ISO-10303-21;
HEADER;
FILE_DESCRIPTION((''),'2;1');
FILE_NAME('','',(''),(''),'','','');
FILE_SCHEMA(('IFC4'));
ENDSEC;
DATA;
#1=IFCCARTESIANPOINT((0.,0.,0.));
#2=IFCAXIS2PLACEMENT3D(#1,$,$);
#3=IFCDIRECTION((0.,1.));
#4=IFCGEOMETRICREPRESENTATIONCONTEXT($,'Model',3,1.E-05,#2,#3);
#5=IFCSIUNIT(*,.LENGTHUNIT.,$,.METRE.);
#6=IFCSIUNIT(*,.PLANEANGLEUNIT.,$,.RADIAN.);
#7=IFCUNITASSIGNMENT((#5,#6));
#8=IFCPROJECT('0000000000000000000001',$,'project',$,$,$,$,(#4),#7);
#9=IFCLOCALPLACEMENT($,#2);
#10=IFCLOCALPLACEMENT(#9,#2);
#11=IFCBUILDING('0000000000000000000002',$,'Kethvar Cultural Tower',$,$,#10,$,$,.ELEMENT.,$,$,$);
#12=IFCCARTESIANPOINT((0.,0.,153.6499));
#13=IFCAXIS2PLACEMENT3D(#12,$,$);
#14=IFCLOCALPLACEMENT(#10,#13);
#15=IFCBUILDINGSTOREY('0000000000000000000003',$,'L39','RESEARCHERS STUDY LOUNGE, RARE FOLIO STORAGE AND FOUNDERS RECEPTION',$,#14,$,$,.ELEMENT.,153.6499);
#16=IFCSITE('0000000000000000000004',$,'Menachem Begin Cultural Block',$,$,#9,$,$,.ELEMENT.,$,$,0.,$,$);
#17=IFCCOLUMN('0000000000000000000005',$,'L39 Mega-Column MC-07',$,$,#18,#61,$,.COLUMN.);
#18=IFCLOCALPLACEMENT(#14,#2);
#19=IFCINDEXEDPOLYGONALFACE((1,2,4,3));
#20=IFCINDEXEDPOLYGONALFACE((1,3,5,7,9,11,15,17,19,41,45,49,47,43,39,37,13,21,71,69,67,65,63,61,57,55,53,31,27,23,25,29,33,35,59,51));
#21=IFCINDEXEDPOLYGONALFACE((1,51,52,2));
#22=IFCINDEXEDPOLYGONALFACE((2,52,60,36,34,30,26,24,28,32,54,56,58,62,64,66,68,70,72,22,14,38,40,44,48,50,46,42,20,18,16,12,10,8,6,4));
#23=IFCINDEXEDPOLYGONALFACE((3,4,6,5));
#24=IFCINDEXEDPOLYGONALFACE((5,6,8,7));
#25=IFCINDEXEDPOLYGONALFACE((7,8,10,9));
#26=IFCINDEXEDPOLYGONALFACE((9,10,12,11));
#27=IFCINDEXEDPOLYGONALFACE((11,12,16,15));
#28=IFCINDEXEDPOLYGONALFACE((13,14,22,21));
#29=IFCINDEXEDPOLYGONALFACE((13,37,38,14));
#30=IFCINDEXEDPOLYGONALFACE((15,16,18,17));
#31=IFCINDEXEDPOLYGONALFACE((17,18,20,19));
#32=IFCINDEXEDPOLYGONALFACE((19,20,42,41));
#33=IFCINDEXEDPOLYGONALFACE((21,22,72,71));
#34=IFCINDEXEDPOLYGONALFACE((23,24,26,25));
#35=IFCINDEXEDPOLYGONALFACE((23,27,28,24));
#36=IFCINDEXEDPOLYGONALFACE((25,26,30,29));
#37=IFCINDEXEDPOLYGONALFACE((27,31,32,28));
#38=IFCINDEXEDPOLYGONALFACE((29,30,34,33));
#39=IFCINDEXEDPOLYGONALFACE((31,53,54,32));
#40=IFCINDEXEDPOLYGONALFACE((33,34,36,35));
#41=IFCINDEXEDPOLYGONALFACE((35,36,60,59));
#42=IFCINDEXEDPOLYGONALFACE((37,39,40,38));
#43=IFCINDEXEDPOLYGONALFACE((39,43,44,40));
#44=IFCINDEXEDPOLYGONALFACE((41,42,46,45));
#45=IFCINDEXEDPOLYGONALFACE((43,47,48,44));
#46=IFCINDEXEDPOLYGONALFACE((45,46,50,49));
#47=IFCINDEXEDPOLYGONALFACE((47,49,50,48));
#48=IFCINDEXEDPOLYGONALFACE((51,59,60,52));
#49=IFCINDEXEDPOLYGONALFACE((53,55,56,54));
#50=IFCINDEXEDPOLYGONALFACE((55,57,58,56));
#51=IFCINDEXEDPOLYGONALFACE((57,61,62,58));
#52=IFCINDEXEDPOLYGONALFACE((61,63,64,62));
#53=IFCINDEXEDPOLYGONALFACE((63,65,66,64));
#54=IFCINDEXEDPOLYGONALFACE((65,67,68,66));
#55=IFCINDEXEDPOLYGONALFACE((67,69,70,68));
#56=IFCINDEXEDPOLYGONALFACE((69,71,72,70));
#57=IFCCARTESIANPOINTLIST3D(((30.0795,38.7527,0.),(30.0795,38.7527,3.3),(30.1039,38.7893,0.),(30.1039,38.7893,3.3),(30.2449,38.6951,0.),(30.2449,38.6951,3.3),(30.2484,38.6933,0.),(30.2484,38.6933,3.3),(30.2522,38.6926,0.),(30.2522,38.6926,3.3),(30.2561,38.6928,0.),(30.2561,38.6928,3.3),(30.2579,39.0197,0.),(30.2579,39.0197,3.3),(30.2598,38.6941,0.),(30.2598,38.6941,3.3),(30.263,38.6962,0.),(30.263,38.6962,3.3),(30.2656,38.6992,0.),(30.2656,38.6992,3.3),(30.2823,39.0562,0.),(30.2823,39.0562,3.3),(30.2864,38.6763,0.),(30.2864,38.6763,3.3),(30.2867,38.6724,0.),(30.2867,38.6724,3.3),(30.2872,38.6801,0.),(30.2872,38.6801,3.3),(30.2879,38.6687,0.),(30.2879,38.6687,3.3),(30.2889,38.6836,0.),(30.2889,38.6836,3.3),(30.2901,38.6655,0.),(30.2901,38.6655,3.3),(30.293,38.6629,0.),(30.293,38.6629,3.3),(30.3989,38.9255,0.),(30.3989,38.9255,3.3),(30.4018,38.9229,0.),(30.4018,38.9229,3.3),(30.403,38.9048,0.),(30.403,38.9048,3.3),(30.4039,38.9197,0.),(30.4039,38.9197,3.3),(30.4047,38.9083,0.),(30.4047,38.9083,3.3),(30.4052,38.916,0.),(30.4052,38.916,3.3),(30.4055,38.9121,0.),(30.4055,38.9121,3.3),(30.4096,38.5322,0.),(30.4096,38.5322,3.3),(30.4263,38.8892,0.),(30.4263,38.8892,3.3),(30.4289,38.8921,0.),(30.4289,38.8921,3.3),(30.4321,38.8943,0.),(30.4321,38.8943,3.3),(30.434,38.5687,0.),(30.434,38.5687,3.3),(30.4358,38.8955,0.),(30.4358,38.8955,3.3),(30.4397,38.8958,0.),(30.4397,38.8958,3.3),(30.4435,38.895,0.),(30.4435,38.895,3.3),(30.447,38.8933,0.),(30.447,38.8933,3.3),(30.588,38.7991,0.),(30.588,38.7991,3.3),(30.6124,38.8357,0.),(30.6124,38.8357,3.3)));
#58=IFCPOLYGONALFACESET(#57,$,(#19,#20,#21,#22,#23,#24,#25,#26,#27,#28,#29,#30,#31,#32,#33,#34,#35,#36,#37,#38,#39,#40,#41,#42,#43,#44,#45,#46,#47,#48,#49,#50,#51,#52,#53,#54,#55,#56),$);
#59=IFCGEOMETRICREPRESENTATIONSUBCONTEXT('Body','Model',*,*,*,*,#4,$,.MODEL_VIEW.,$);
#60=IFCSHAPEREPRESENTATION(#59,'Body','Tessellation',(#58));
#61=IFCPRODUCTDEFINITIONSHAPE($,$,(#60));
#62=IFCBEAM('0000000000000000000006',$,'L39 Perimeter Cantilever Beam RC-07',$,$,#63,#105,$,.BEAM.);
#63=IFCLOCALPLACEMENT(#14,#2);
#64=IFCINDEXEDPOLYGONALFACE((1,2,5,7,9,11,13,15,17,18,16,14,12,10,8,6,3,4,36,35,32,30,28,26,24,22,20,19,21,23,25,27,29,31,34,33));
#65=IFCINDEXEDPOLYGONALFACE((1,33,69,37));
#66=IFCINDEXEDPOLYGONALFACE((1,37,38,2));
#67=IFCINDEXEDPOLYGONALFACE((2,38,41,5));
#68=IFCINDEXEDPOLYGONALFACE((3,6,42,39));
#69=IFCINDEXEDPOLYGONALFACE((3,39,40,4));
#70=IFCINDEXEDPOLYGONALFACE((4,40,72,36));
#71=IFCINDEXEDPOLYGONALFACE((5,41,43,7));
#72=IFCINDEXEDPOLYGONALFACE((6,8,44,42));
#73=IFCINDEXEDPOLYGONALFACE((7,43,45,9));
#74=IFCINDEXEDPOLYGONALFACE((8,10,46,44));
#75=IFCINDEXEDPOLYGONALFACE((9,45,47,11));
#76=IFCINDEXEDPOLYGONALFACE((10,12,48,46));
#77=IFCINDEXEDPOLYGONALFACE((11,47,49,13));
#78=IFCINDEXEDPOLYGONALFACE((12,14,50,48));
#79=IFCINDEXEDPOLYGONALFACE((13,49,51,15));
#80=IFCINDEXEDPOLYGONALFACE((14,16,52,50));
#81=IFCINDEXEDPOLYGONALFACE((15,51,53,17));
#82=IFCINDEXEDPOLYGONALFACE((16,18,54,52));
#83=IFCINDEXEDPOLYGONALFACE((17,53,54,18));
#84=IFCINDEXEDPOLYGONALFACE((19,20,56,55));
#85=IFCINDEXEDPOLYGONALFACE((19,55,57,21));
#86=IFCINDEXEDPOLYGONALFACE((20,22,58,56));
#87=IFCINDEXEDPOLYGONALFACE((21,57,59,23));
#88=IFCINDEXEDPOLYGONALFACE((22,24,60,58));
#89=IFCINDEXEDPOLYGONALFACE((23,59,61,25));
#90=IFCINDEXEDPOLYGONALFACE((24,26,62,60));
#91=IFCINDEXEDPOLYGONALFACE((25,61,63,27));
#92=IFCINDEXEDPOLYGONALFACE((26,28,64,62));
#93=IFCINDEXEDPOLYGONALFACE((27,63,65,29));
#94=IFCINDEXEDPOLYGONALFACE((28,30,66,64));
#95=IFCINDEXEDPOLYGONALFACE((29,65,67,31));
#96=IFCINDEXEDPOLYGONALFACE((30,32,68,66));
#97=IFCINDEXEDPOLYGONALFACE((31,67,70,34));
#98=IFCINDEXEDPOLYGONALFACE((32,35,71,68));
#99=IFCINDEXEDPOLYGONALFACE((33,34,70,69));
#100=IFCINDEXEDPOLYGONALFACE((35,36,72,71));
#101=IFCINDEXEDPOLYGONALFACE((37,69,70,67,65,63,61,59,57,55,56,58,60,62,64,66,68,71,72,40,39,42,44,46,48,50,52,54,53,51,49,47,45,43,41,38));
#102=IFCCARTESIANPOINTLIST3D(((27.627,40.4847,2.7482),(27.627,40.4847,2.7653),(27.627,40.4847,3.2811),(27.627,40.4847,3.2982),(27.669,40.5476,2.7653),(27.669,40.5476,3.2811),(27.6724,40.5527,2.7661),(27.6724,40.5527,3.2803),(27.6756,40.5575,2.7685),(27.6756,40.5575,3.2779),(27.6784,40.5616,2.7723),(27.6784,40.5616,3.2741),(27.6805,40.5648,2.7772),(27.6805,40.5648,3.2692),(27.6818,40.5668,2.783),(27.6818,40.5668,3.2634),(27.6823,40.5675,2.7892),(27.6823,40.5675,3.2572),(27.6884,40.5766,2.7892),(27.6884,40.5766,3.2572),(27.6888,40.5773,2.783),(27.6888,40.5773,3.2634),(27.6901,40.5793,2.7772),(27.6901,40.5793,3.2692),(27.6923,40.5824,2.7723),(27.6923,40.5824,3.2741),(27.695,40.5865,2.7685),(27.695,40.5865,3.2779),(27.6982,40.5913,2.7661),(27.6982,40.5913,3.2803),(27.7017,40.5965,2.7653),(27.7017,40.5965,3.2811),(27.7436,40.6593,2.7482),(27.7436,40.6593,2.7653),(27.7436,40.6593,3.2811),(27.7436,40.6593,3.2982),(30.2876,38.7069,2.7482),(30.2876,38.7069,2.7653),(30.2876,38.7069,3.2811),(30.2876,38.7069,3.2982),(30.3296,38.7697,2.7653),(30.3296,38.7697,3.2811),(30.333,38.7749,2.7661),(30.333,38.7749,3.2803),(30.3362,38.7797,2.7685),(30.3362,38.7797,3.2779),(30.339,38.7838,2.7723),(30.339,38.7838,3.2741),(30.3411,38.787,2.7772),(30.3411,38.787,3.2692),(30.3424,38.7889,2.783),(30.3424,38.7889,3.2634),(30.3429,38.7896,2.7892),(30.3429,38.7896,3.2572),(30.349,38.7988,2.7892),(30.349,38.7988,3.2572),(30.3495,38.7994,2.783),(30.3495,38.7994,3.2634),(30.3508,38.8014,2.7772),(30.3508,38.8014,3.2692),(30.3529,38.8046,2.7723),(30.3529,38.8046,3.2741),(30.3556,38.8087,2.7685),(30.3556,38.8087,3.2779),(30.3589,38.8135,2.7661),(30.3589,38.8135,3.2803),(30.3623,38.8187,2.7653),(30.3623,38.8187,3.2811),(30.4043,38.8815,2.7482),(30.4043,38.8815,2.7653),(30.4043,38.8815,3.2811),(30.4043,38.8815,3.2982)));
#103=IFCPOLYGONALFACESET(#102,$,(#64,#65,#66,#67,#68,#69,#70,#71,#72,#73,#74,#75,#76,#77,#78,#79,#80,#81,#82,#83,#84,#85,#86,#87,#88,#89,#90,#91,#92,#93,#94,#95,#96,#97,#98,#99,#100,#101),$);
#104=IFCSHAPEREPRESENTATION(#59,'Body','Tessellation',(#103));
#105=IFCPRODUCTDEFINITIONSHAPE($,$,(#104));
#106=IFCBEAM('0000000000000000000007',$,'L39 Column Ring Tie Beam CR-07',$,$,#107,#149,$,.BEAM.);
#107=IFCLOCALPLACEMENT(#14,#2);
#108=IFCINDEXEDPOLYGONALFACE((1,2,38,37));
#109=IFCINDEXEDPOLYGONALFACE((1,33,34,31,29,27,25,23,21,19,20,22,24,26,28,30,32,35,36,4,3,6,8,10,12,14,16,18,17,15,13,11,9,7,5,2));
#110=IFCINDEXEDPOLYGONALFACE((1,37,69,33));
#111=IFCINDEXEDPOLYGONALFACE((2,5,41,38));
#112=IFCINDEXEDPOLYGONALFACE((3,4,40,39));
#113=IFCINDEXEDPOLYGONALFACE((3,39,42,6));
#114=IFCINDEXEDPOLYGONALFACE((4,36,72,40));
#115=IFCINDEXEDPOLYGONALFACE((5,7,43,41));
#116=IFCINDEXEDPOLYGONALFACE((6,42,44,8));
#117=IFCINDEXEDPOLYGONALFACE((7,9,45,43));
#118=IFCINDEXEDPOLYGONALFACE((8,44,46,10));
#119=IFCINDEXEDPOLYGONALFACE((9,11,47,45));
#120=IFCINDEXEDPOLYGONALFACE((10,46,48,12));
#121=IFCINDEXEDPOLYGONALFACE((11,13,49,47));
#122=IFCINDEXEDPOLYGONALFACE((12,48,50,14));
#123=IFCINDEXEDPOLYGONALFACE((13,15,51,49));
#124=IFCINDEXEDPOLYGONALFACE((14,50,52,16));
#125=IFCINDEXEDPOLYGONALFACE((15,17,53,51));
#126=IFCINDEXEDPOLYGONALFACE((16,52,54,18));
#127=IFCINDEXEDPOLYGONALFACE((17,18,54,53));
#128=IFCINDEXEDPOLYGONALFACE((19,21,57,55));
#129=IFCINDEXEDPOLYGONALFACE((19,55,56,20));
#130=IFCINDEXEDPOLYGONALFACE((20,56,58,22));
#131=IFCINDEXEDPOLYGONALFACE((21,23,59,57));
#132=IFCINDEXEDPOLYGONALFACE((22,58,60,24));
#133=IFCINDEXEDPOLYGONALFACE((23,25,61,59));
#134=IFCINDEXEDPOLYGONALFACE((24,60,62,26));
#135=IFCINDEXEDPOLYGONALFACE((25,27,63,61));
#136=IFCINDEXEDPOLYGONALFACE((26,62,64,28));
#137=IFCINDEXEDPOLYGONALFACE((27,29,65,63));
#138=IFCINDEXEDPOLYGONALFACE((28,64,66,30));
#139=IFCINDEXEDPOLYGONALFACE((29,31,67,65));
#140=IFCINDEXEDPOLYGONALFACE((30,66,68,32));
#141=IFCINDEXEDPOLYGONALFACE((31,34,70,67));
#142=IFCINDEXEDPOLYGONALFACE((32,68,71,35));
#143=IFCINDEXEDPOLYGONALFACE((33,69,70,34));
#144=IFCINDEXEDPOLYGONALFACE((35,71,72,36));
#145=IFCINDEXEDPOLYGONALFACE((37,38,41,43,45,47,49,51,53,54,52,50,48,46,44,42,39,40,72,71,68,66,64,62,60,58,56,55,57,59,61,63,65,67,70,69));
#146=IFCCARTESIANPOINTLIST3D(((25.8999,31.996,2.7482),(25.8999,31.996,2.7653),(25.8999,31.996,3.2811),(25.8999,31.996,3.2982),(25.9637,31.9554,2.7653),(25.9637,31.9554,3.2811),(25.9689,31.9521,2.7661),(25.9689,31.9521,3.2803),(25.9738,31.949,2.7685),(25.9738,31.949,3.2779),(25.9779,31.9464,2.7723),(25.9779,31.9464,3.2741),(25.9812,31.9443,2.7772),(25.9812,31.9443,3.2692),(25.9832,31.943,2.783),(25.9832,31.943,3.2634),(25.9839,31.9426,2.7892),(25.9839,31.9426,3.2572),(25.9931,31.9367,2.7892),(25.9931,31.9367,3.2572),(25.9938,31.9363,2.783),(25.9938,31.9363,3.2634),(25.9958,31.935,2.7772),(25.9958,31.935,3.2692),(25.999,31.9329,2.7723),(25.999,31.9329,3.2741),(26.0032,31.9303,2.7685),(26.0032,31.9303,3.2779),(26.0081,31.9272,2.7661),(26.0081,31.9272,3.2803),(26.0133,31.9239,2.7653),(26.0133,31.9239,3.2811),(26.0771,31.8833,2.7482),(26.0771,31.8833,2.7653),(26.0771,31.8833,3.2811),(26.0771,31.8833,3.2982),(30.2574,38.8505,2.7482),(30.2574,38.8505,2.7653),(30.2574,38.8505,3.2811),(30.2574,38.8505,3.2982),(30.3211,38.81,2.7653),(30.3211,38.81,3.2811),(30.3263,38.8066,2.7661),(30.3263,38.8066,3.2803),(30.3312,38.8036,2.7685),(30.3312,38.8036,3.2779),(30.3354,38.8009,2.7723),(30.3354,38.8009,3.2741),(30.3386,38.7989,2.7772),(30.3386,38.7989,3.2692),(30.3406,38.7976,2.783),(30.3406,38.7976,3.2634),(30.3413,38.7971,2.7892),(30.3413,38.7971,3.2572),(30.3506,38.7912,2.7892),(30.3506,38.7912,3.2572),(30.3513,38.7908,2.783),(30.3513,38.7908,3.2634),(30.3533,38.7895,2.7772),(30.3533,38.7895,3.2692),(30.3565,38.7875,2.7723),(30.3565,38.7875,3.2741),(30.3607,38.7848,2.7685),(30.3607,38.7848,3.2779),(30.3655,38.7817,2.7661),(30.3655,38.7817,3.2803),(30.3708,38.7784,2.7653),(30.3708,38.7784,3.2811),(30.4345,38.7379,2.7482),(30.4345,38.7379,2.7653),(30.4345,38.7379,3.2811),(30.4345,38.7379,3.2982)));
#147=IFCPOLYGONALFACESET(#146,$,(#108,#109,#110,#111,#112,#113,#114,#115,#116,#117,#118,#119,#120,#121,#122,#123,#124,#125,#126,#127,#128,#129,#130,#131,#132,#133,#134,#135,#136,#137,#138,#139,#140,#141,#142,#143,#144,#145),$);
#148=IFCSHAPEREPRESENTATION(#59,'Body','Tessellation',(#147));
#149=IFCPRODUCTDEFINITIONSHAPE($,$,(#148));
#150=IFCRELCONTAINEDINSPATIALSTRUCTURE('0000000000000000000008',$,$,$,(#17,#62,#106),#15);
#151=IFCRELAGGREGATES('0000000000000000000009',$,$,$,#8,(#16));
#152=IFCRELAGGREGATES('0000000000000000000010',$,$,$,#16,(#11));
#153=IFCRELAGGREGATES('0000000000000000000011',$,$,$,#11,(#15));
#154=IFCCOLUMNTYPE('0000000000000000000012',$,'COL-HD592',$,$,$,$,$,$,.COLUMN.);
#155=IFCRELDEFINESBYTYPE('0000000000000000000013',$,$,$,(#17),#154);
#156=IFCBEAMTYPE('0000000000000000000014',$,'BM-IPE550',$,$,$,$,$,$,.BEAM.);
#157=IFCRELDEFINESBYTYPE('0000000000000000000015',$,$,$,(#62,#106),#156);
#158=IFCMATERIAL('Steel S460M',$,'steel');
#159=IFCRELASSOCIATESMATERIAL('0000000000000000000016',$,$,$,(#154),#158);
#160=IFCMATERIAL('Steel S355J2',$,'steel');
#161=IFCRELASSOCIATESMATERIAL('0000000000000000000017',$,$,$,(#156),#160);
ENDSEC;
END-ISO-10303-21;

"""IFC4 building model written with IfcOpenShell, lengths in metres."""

from ifc_helpers import new_model, si_unit, direction, frame, origin, origin_2d, place, context, subcontext, project, spatial, i_section, extrude, source, transform, mapped, material, material_profile, profile_set, type_object, element, save


model = new_model("IFC4")

# Units and contexts
model_context = context("Model", 3, precision=1e-05, world=origin(), true_north=direction((0.0, 1.0)))
body_context = subcontext(model_context, "Body", "Model", "MODEL_VIEW")
ifc_project = project(units=[si_unit("LENGTHUNIT", "METRE"), si_unit("PLANEANGLEUNIT", "RADIAN")], contexts=[model_context])

# Site, building, storey
site_placement = place(None, origin())
site = spatial("IfcSite", under=ifc_project, at=site_placement, Name="Menachem Begin Cultural Block", CompositionType="ELEMENT", RefElevation=0.0)
building_placement = place(site_placement, origin())
building = spatial("IfcBuilding", under=site, at=building_placement, Name="Kethvar Cultural Tower", CompositionType="ELEMENT")
storey_placement = place(building_placement, frame((0.0, 0.0, 153.6499)))
storey = spatial("IfcBuildingStorey", under=building, at=storey_placement, Name="L39", Description="RESEARCHERS STUDY LOUNGE, RARE FOLIO STORAGE AND FOUNDERS RECEPTION", CompositionType="ELEMENT", Elevation=153.6499)

# Column
ifc_material_1 = material(Name="Steel S460M", Category="steel")
ifc_material_profile_1 = material_profile(ifc_material_1, i_section(OverallWidth=0.397, OverallDepth=0.365, WebThickness=0.0281, FlangeThickness=0.0439, FilletRadius=0.0149, at=origin_2d()), Name="Steel S460M — HD400x592")
ifc_profile_set_1 = profile_set([ifc_material_profile_1], Name="Steel S460M — HD400x592")
column_type = type_object("IfcColumnType", Name="COL-HD592", PredefinedType="COLUMN", material=ifc_profile_set_1)
shared_shape_1 = source(origin(), body_context, "Body", "SweptSolid", [
    extrude(i_section(OverallWidth=0.397, OverallDepth=0.365, WebThickness=0.0281, FlangeThickness=0.0439, FilletRadius=0.0149, at=origin_2d()), origin(), (0.0, 0.0, 1.0), 3.3),
])
column_placement = place(storey_placement, frame((30.3459, 38.7942, 0.0), z_axis=(0.0, 0.0, 1.0), x_axis=(-0.83147, 0.55557, 0.0)))
element("IfcColumn", 1, at=column_placement, inside=storey, type_object=column_type, Name="L39 Mega-Column MC-07", PredefinedType="COLUMN", context=body_context, shape_type="MappedRepresentation", body=[
    mapped(shared_shape_1, transform((0.0, 0.0, 0.0), scale=1.0)),
])

# Beams
ifc_material_2 = material(Name="Steel S355J2", Category="steel")
ifc_material_profile_2 = material_profile(ifc_material_2, i_section(OverallWidth=0.21, OverallDepth=0.55, WebThickness=0.011, FlangeThickness=0.0171, FilletRadius=0.0239, at=origin_2d()), Name="Steel S355J2 — IPE550")
ifc_profile_set_2 = profile_set([ifc_material_profile_2], Name="Steel S355J2 — IPE550")
beam_type_1 = type_object("IfcBeamType", Name="BM-IPE550", PredefinedType="BEAM", material=ifc_profile_set_2)
shared_shape_2 = source(origin(), body_context, "Body", "SweptSolid", [
    extrude(i_section(OverallWidth=0.21, OverallDepth=0.55, WebThickness=0.011, FlangeThickness=0.0171, FilletRadius=0.0239, at=origin_2d()), origin(), (0.0, 0.0, 1.0), 3.2),
])
beam_1_placement = place(storey_placement, frame((30.3459, 38.7942, 3.0232), z_axis=(-0.831463, 0.55558, 0.0), x_axis=(-0.55558, -0.831463, 0.0)))
element("IfcBeam", 2, at=beam_1_placement, inside=storey, type_object=beam_type_1, Name="L39 Perimeter Cantilever Beam RC-07", PredefinedType="BEAM", context=body_context, shape_type="MappedRepresentation", body=[
    mapped(shared_shape_2, transform((0.0, 0.0, 0.0), scale=1.0)),
])
shared_shape_3 = source(origin(), body_context, "Body", "SweptSolid", [
    extrude(i_section(OverallWidth=0.21, OverallDepth=0.55, WebThickness=0.011, FlangeThickness=0.0171, FilletRadius=0.0239, at=origin_2d()), origin(), (0.0, 0.0, 1.0), 8.1223),
])
beam_2_placement = place(storey_placement, frame((30.3459, 38.7942, 3.0232), z_axis=(-0.536479, -0.843914, 0.0), x_axis=(0.843914, -0.536479, 0.0)))
element("IfcBeam", 3, at=beam_2_placement, inside=storey, type_object=beam_type_1, Name="L39 Column Ring Tie Beam CR-07", PredefinedType="BEAM", context=body_context, shape_type="MappedRepresentation", body=[
    mapped(shared_shape_3, transform((0.0, 0.0, 0.0), scale=1.0)),
])

save(model, "model.ifc")
